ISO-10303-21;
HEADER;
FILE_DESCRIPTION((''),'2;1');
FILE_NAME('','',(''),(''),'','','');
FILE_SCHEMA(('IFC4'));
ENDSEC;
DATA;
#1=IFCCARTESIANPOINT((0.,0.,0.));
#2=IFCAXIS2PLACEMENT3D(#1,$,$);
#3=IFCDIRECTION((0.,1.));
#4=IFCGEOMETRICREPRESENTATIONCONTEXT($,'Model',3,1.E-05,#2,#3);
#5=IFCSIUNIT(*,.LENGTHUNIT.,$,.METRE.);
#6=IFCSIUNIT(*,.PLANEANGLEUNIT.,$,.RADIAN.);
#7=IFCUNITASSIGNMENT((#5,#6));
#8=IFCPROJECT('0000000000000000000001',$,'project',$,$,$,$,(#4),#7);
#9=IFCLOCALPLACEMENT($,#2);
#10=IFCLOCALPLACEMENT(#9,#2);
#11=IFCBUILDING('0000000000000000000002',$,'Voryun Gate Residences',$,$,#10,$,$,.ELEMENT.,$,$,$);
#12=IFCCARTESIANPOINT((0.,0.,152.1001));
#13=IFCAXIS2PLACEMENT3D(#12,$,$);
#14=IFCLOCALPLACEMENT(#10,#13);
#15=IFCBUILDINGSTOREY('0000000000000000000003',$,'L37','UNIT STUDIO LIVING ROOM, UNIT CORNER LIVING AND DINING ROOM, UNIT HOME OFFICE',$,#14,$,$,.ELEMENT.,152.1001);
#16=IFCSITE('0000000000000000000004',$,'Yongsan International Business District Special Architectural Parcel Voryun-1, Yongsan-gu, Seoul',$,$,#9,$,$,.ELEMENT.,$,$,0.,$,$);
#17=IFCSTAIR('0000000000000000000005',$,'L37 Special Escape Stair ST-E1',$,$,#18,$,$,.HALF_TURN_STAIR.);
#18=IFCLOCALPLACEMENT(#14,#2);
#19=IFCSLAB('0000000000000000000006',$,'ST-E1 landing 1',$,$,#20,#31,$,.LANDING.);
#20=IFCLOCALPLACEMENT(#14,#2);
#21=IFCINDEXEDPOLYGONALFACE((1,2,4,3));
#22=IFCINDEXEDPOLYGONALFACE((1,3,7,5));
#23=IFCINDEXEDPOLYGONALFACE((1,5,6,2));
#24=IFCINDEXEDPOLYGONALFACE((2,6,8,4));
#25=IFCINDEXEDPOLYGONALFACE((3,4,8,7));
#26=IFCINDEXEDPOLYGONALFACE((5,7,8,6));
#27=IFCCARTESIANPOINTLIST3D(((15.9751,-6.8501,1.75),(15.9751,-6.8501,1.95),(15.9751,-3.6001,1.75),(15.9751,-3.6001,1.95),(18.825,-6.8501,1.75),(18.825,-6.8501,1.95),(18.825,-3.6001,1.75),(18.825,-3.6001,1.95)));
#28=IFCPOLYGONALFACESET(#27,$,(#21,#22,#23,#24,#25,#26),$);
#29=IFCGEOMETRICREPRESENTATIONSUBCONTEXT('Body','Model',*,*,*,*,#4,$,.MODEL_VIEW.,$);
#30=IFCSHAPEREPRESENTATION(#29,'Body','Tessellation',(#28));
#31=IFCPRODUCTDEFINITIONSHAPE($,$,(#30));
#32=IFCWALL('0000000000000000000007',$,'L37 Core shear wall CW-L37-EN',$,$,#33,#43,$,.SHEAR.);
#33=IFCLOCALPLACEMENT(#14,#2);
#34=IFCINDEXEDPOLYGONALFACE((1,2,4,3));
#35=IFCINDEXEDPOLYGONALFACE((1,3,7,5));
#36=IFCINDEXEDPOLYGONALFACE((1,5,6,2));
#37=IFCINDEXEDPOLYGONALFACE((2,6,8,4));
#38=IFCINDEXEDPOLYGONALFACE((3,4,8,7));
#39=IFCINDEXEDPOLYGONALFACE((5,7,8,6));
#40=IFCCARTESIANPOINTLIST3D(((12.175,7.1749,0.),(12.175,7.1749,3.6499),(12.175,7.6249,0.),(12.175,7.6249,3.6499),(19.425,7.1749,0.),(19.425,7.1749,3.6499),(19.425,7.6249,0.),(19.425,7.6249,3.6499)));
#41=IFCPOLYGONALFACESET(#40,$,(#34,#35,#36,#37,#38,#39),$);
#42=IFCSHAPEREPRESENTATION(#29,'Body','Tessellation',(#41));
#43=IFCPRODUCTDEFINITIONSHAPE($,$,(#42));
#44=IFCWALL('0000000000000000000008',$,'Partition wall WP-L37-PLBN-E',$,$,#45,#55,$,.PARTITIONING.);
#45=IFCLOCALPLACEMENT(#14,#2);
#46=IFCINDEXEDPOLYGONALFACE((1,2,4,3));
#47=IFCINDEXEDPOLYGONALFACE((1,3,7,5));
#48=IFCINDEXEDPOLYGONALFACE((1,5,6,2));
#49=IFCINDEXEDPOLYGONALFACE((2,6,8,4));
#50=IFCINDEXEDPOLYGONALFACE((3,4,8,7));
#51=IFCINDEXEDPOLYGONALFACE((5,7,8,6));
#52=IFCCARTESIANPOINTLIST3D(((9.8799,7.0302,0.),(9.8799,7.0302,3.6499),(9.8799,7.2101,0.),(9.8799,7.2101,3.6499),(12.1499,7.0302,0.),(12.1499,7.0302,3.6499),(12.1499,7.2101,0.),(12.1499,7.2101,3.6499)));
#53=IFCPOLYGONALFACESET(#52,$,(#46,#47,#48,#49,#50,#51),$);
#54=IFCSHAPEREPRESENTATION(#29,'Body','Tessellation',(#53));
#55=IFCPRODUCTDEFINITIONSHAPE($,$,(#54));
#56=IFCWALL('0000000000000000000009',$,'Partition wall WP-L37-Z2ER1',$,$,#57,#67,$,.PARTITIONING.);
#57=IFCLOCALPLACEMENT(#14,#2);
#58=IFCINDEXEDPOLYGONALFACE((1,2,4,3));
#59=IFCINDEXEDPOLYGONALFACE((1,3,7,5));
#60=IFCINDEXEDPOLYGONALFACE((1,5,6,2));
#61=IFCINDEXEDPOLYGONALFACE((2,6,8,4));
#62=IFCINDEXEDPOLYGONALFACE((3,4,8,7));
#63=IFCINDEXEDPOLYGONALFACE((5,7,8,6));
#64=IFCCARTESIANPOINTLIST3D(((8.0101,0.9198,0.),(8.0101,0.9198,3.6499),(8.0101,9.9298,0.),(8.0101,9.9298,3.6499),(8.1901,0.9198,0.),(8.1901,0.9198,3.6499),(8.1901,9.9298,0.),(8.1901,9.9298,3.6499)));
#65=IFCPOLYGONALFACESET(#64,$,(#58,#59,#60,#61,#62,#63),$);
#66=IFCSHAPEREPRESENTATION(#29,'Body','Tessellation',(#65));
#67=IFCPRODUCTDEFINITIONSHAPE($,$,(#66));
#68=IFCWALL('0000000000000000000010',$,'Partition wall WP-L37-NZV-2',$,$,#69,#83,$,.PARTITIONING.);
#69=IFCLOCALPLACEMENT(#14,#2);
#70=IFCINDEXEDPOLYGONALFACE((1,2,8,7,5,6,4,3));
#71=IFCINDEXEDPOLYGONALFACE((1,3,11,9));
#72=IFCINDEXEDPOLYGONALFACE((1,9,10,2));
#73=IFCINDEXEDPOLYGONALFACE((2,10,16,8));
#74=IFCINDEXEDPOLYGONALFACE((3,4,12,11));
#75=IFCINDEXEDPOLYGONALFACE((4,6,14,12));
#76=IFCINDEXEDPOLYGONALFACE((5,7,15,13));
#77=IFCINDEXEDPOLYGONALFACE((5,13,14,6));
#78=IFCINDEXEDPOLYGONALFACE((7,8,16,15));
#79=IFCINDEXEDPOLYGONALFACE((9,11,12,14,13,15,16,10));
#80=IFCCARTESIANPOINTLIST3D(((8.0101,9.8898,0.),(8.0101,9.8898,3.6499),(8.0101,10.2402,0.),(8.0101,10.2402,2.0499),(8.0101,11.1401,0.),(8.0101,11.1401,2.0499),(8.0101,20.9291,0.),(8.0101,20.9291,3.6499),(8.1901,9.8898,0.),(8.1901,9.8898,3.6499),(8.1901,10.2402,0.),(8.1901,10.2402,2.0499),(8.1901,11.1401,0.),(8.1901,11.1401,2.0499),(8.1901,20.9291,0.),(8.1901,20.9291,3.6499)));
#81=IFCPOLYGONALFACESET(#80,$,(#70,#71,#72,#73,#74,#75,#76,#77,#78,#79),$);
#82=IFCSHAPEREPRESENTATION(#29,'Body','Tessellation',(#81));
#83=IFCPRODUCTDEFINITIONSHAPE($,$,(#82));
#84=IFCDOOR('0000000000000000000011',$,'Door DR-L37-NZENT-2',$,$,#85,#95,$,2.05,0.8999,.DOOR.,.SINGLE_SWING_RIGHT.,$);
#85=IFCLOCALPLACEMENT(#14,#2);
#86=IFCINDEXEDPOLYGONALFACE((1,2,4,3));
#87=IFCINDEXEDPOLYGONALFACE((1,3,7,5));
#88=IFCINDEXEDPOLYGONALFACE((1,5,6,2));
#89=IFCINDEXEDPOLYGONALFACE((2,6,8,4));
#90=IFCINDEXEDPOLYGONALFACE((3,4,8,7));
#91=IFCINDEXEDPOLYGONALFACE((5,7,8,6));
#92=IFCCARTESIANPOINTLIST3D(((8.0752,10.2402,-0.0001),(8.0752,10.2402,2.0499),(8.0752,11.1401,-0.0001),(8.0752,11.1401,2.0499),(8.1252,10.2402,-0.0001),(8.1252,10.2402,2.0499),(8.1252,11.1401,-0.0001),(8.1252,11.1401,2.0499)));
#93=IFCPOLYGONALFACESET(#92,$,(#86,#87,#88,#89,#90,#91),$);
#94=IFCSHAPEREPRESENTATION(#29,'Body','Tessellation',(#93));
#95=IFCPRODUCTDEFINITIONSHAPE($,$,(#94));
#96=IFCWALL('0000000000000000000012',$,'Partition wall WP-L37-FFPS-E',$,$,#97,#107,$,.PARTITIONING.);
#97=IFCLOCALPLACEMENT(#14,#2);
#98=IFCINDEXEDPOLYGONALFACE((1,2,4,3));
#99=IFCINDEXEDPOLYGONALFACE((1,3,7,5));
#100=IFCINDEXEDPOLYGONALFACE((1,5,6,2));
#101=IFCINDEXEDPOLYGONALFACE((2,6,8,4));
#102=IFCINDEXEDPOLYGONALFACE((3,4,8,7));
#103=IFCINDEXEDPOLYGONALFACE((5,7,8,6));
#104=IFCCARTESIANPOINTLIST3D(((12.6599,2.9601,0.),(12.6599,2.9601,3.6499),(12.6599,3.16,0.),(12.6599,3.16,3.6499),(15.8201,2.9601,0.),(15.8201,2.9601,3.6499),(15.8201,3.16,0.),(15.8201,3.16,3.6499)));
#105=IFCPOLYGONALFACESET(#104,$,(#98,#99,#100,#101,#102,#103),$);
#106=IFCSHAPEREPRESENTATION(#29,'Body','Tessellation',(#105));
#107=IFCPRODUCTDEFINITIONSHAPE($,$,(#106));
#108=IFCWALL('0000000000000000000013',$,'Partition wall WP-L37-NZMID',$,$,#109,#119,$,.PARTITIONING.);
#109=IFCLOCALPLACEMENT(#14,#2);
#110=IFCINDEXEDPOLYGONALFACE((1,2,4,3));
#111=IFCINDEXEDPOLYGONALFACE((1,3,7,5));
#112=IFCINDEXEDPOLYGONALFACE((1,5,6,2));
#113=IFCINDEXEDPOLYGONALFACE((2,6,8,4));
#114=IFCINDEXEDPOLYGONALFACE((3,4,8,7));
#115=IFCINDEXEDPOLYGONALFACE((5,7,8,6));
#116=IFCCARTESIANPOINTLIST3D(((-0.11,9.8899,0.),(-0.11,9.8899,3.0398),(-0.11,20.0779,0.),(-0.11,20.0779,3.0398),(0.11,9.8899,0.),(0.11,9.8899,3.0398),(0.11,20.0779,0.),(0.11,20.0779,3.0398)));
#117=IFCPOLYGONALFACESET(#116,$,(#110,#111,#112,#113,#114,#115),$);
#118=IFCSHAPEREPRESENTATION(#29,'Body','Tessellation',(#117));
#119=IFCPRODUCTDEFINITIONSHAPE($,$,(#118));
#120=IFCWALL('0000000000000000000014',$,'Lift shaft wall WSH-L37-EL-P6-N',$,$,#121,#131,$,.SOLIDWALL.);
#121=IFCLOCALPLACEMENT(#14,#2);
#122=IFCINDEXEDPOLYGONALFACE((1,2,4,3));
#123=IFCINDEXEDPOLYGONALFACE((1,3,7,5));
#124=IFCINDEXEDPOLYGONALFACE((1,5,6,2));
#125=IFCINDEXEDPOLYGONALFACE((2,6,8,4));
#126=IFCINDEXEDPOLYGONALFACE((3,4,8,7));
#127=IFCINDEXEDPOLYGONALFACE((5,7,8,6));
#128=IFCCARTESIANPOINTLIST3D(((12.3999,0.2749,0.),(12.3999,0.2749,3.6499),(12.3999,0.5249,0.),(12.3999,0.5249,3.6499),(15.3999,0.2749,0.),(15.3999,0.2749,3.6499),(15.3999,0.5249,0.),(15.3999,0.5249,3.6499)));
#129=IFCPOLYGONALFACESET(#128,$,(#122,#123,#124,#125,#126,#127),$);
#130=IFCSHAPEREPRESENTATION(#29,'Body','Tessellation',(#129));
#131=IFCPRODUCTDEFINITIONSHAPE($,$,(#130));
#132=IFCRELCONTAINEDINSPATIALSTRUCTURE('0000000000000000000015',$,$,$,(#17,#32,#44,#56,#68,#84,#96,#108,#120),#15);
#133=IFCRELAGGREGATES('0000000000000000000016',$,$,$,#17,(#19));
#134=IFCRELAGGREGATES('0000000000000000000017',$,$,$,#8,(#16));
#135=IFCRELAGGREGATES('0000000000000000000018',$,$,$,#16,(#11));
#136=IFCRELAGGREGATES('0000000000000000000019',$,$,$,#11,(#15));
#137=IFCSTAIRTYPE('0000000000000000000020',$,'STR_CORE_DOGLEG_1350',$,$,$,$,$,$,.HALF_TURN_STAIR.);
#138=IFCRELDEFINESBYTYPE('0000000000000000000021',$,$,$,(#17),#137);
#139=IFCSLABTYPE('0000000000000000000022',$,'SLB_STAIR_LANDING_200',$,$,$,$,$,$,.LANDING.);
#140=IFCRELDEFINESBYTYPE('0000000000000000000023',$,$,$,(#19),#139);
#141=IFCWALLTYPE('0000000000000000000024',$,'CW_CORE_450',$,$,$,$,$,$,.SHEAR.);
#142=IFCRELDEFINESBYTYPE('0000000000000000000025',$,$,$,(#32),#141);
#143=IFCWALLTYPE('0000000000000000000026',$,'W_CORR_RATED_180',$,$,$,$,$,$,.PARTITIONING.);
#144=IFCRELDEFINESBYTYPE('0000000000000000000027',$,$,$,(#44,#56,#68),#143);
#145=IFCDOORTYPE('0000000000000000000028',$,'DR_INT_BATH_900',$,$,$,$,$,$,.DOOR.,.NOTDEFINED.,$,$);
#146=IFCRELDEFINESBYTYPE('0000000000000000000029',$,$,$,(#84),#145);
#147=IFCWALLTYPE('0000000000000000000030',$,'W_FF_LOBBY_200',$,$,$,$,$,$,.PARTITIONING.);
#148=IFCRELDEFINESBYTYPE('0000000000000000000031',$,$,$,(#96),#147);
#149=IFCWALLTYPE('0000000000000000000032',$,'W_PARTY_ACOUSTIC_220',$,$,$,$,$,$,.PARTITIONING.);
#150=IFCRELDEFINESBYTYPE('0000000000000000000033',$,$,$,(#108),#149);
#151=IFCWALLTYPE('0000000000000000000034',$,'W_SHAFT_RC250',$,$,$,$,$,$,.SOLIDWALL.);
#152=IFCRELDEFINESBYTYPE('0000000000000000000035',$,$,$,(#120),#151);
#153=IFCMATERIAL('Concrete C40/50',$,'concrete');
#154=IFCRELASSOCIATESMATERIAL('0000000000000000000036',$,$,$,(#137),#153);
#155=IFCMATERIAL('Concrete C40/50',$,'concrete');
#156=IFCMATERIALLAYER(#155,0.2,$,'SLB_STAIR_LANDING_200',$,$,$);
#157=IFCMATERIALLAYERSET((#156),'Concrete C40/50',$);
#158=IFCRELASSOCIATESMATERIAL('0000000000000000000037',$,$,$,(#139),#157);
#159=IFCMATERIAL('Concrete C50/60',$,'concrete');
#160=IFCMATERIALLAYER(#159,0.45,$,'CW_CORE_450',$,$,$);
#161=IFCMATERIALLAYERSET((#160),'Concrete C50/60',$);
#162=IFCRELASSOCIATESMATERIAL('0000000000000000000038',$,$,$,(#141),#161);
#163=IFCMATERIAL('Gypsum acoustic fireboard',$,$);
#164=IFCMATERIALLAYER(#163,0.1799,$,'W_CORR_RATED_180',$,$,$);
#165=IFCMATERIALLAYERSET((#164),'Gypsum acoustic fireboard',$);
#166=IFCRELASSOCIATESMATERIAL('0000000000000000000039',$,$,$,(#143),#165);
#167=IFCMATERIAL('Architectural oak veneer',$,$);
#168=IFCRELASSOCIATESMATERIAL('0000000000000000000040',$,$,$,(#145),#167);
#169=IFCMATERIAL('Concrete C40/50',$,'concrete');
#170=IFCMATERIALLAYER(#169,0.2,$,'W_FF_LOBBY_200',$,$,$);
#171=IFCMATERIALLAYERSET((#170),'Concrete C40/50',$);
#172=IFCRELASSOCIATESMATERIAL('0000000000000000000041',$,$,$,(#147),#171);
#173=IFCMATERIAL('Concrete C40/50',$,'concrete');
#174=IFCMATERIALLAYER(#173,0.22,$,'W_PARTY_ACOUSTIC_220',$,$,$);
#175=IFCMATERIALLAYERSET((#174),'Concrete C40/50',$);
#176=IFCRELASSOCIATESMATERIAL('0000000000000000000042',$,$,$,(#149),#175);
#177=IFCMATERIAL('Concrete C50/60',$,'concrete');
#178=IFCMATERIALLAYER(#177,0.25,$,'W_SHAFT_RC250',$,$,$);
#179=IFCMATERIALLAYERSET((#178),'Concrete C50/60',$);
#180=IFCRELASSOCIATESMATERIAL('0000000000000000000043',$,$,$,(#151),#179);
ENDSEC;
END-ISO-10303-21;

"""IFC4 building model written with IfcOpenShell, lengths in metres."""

from ifc_helpers import new_model, si_unit, direction, frame, frame_2d, origin, place, context, subcontext, project, spatial, polyline, rectangle, outline, extrude, material, layer, layer_set, type_object, element, fill, aggregate, save


model = new_model("IFC4")

# Units and contexts
model_context = context("Model", 3, precision=1e-05, world=origin(), true_north=direction((0.0, 1.0)))
body_context = subcontext(model_context, "Body", "Model", "MODEL_VIEW")
ifc_project = project(units=[si_unit("LENGTHUNIT", "METRE"), si_unit("PLANEANGLEUNIT", "RADIAN")], contexts=[model_context])

# Site, building, storey
site_placement = place(None, origin())
site = spatial("IfcSite", under=ifc_project, at=site_placement, Name="Yongsan International Business District Special Architectural Parcel Voryun-1, Yongsan-gu, Seoul", CompositionType="ELEMENT", RefElevation=0.0)
building_placement = place(site_placement, origin())
building = spatial("IfcBuilding", under=site, at=building_placement, Name="Voryun Gate Residences", CompositionType="ELEMENT")
storey_placement = place(building_placement, frame((0.0, 0.0, 152.1001)))
storey = spatial("IfcBuildingStorey", under=building, at=storey_placement, Name="L37", Description="UNIT STUDIO LIVING ROOM, UNIT CORNER LIVING AND DINING ROOM, UNIT HOME OFFICE", CompositionType="ELEMENT", Elevation=152.1001)

# Stair, slab
ifc_material_1 = material(Name="Concrete C40/50", Category="concrete")
stair_type = type_object("IfcStairType", Name="STR_CORE_DOGLEG_1350", PredefinedType="HALF_TURN_STAIR", material=ifc_material_1)
ifc_material_2 = material(Name="Concrete C40/50", Category="concrete")
ifc_layer_1 = layer(ifc_material_2, 0.2, Name="SLB_STAIR_LANDING_200")
ifc_layer_set_1 = layer_set([ifc_layer_1], Name="Concrete C40/50")
slab_type_1 = type_object("IfcSlabType", Name="SLB_STAIR_LANDING_200", PredefinedType="LANDING", material=ifc_layer_set_1)
stair_1_placement = place(storey_placement, origin())
stair_1 = element("IfcStair", 1, at=stair_1_placement, inside=storey, type_object=stair_type, Name="L37 Special Escape Stair ST-E1", PredefinedType="HALF_TURN_STAIR")
slab_1_placement = place(storey_placement, frame((0.0, 0.0, 1.75)))
slab_1 = element("IfcSlab", 2, at=slab_1_placement, type_object=slab_type_1, Name="ST-E1 landing 1", PredefinedType="LANDING", context=body_context, shape_type="SweptSolid", body=[
    extrude(outline(polyline([(15.9751, -3.6001), (15.9751, -6.8501), (18.825, -6.8501), (18.825, -3.6001), (15.9751, -3.6001)])), origin(), (0.0, 0.0, 1.0), 0.2),
])
aggregate(stair_1, [slab_1])

# Walls
ifc_material_3 = material(Name="Concrete C50/60", Category="concrete")
ifc_layer_2 = layer(ifc_material_3, 0.45, Name="CW_CORE_450")
ifc_layer_set_2 = layer_set([ifc_layer_2], Name="Concrete C50/60")
wall_type_1 = type_object("IfcWallType", Name="CW_CORE_450", PredefinedType="SHEAR", material=ifc_layer_set_2)
wall_1_placement = place(storey_placement, frame((12.175, 7.3999, 0.0), z_axis=(0.0, 0.0, 1.0), x_axis=(1.0, 0.0, 0.0)))
element("IfcWall", 3, at=wall_1_placement, inside=storey, type_object=wall_type_1, Name="L37 Core shear wall CW-L37-EN", PredefinedType="SHEAR", context=body_context, shape_type="SweptSolid", body=[
    extrude(rectangle(XDim=7.25, YDim=0.45, at=frame_2d((3.625, 0.0))), origin(), (0.0, 0.0, 1.0), 3.6499),
])
ifc_material_4 = material(Name="Gypsum acoustic fireboard")
ifc_layer_3 = layer(ifc_material_4, 0.1799, Name="W_CORR_RATED_180")
ifc_layer_set_3 = layer_set([ifc_layer_3], Name="Gypsum acoustic fireboard")
wall_type_2 = type_object("IfcWallType", Name="W_CORR_RATED_180", PredefinedType="PARTITIONING", material=ifc_layer_set_3)
wall_2_placement = place(storey_placement, frame((9.8799, 7.1201, 0.0), z_axis=(0.0, 0.0, 1.0), x_axis=(1.0, 0.0, 0.0)))
element("IfcWall", 4, at=wall_2_placement, inside=storey, type_object=wall_type_2, Name="Partition wall WP-L37-PLBN-E", PredefinedType="PARTITIONING", context=body_context, shape_type="SweptSolid", body=[
    extrude(rectangle(XDim=2.27, YDim=0.1799, at=frame_2d((1.135, 0.0))), origin(), (0.0, 0.0, 1.0), 3.6499),
])
wall_3_placement = place(storey_placement, frame((8.1001, 0.9199, 0.0), z_axis=(0.0, 0.0, 1.0), x_axis=(0.0, 1.0, 0.0)))
element("IfcWall", 5, at=wall_3_placement, inside=storey, type_object=wall_type_2, Name="Partition wall WP-L37-Z2ER1", PredefinedType="PARTITIONING", context=body_context, shape_type="SweptSolid", body=[
    extrude(rectangle(XDim=9.01, YDim=0.1799, at=frame_2d((4.5049, 0.0))), origin(), (0.0, 0.0, 1.0), 3.6499),
])

# Wall, opening, door
wall_4_placement = place(storey_placement, frame((8.1001, 9.8899, 0.0), z_axis=(0.0, 0.0, 1.0), x_axis=(0.0, 1.0, 0.0)))
wall_4 = element("IfcWall", 6, at=wall_4_placement, inside=storey, type_object=wall_type_2, Name="Partition wall WP-L37-NZV-2", PredefinedType="PARTITIONING", context=body_context, shape_type="SweptSolid", body=[
    extrude(rectangle(XDim=11.0393, YDim=0.1799, at=frame_2d((5.5195, 0.0))), origin(), (0.0, 0.0, 1.0), 3.6499),
])
opening_placement = place(wall_4_placement, frame((0.3503, 0.0, 0.0)))
opening = element("IfcOpeningElement", 7, at=opening_placement, cuts=wall_4, PredefinedType="OPENING", context=body_context, shape_type="SweptSolid", body=[
    extrude(rectangle(XDim=0.8999, YDim=2.05, at=frame_2d((0.45, 1.0249))), frame((0.0, 0.0999, 0.0), z_axis=(0.0, -1.0, 0.0), x_axis=(1.0, 0.0, 0.0)), (0.0, 0.0, 1.0), 0.2),
])
ifc_material_5 = material(Name="Architectural oak veneer")
door_type = type_object("IfcDoorType", Name="DR_INT_BATH_900", OperationType="NOTDEFINED", PredefinedType="DOOR", material=ifc_material_5)
door_placement = place(opening_placement, origin())
door = element("IfcDoor", 8, at=door_placement, inside=storey, type_object=door_type, Name="Door DR-L37-NZENT-2", OperationType="SINGLE_SWING_RIGHT", OverallHeight=2.05, OverallWidth=0.8999, PredefinedType="DOOR", context=body_context, shape_type="SweptSolid", body=[
    extrude(rectangle(XDim=0.8999, YDim=2.05, at=frame_2d((0.45, 1.0249))), frame((0.0, 0.0249, 0.0), z_axis=(0.0, -1.0, 0.0), x_axis=(1.0, 0.0, 0.0)), (0.0, 0.0, 1.0), 0.05),
])
fill(opening, door)

# Walls
ifc_material_6 = material(Name="Concrete C40/50", Category="concrete")
ifc_layer_4 = layer(ifc_material_6, 0.2, Name="W_FF_LOBBY_200")
ifc_layer_set_4 = layer_set([ifc_layer_4], Name="Concrete C40/50")
wall_type_3 = type_object("IfcWallType", Name="W_FF_LOBBY_200", PredefinedType="PARTITIONING", material=ifc_layer_set_4)
wall_5_placement = place(storey_placement, frame((12.6599, 3.0601, 0.0), z_axis=(0.0, 0.0, 1.0), x_axis=(1.0, 0.0, 0.0)))
element("IfcWall", 9, at=wall_5_placement, inside=storey, type_object=wall_type_3, Name="Partition wall WP-L37-FFPS-E", PredefinedType="PARTITIONING", context=body_context, shape_type="SweptSolid", body=[
    extrude(rectangle(XDim=3.1602, YDim=0.2, at=frame_2d((1.5801, 0.0))), origin(), (0.0, 0.0, 1.0), 3.6499),
])
ifc_material_7 = material(Name="Concrete C40/50", Category="concrete")
ifc_layer_5 = layer(ifc_material_7, 0.22, Name="W_PARTY_ACOUSTIC_220")
ifc_layer_set_5 = layer_set([ifc_layer_5], Name="Concrete C40/50")
wall_type_4 = type_object("IfcWallType", Name="W_PARTY_ACOUSTIC_220", PredefinedType="PARTITIONING", material=ifc_layer_set_5)
wall_6_placement = place(storey_placement, frame((0.0, 9.8899, 0.0), z_axis=(0.0, 0.0, 1.0), x_axis=(0.0, 1.0, 0.0)))
element("IfcWall", 10, at=wall_6_placement, inside=storey, type_object=wall_type_4, Name="Partition wall WP-L37-NZMID", PredefinedType="PARTITIONING", context=body_context, shape_type="SweptSolid", body=[
    extrude(rectangle(XDim=10.188, YDim=0.22, at=frame_2d((5.094, 0.0))), origin(), (0.0, 0.0, 1.0), 3.0398),
])
ifc_material_8 = material(Name="Concrete C50/60", Category="concrete")
ifc_layer_6 = layer(ifc_material_8, 0.25, Name="W_SHAFT_RC250")
ifc_layer_set_6 = layer_set([ifc_layer_6], Name="Concrete C50/60")
wall_type_5 = type_object("IfcWallType", Name="W_SHAFT_RC250", PredefinedType="SOLIDWALL", material=ifc_layer_set_6)
wall_7_placement = place(storey_placement, frame((15.3999, 0.3999, 0.0), z_axis=(0.0, 0.0, 1.0), x_axis=(-1.0, 0.0, 0.0)))
element("IfcWall", 11, at=wall_7_placement, inside=storey, type_object=wall_type_5, Name="Lift shaft wall WSH-L37-EL-P6-N", PredefinedType="SOLIDWALL", context=body_context, shape_type="SweptSolid", body=[
    extrude(rectangle(XDim=3.0, YDim=0.25, at=frame_2d((1.5, 0.0))), origin(), (0.0, 0.0, 1.0), 3.6499),
])

save(model, "model.ifc")
